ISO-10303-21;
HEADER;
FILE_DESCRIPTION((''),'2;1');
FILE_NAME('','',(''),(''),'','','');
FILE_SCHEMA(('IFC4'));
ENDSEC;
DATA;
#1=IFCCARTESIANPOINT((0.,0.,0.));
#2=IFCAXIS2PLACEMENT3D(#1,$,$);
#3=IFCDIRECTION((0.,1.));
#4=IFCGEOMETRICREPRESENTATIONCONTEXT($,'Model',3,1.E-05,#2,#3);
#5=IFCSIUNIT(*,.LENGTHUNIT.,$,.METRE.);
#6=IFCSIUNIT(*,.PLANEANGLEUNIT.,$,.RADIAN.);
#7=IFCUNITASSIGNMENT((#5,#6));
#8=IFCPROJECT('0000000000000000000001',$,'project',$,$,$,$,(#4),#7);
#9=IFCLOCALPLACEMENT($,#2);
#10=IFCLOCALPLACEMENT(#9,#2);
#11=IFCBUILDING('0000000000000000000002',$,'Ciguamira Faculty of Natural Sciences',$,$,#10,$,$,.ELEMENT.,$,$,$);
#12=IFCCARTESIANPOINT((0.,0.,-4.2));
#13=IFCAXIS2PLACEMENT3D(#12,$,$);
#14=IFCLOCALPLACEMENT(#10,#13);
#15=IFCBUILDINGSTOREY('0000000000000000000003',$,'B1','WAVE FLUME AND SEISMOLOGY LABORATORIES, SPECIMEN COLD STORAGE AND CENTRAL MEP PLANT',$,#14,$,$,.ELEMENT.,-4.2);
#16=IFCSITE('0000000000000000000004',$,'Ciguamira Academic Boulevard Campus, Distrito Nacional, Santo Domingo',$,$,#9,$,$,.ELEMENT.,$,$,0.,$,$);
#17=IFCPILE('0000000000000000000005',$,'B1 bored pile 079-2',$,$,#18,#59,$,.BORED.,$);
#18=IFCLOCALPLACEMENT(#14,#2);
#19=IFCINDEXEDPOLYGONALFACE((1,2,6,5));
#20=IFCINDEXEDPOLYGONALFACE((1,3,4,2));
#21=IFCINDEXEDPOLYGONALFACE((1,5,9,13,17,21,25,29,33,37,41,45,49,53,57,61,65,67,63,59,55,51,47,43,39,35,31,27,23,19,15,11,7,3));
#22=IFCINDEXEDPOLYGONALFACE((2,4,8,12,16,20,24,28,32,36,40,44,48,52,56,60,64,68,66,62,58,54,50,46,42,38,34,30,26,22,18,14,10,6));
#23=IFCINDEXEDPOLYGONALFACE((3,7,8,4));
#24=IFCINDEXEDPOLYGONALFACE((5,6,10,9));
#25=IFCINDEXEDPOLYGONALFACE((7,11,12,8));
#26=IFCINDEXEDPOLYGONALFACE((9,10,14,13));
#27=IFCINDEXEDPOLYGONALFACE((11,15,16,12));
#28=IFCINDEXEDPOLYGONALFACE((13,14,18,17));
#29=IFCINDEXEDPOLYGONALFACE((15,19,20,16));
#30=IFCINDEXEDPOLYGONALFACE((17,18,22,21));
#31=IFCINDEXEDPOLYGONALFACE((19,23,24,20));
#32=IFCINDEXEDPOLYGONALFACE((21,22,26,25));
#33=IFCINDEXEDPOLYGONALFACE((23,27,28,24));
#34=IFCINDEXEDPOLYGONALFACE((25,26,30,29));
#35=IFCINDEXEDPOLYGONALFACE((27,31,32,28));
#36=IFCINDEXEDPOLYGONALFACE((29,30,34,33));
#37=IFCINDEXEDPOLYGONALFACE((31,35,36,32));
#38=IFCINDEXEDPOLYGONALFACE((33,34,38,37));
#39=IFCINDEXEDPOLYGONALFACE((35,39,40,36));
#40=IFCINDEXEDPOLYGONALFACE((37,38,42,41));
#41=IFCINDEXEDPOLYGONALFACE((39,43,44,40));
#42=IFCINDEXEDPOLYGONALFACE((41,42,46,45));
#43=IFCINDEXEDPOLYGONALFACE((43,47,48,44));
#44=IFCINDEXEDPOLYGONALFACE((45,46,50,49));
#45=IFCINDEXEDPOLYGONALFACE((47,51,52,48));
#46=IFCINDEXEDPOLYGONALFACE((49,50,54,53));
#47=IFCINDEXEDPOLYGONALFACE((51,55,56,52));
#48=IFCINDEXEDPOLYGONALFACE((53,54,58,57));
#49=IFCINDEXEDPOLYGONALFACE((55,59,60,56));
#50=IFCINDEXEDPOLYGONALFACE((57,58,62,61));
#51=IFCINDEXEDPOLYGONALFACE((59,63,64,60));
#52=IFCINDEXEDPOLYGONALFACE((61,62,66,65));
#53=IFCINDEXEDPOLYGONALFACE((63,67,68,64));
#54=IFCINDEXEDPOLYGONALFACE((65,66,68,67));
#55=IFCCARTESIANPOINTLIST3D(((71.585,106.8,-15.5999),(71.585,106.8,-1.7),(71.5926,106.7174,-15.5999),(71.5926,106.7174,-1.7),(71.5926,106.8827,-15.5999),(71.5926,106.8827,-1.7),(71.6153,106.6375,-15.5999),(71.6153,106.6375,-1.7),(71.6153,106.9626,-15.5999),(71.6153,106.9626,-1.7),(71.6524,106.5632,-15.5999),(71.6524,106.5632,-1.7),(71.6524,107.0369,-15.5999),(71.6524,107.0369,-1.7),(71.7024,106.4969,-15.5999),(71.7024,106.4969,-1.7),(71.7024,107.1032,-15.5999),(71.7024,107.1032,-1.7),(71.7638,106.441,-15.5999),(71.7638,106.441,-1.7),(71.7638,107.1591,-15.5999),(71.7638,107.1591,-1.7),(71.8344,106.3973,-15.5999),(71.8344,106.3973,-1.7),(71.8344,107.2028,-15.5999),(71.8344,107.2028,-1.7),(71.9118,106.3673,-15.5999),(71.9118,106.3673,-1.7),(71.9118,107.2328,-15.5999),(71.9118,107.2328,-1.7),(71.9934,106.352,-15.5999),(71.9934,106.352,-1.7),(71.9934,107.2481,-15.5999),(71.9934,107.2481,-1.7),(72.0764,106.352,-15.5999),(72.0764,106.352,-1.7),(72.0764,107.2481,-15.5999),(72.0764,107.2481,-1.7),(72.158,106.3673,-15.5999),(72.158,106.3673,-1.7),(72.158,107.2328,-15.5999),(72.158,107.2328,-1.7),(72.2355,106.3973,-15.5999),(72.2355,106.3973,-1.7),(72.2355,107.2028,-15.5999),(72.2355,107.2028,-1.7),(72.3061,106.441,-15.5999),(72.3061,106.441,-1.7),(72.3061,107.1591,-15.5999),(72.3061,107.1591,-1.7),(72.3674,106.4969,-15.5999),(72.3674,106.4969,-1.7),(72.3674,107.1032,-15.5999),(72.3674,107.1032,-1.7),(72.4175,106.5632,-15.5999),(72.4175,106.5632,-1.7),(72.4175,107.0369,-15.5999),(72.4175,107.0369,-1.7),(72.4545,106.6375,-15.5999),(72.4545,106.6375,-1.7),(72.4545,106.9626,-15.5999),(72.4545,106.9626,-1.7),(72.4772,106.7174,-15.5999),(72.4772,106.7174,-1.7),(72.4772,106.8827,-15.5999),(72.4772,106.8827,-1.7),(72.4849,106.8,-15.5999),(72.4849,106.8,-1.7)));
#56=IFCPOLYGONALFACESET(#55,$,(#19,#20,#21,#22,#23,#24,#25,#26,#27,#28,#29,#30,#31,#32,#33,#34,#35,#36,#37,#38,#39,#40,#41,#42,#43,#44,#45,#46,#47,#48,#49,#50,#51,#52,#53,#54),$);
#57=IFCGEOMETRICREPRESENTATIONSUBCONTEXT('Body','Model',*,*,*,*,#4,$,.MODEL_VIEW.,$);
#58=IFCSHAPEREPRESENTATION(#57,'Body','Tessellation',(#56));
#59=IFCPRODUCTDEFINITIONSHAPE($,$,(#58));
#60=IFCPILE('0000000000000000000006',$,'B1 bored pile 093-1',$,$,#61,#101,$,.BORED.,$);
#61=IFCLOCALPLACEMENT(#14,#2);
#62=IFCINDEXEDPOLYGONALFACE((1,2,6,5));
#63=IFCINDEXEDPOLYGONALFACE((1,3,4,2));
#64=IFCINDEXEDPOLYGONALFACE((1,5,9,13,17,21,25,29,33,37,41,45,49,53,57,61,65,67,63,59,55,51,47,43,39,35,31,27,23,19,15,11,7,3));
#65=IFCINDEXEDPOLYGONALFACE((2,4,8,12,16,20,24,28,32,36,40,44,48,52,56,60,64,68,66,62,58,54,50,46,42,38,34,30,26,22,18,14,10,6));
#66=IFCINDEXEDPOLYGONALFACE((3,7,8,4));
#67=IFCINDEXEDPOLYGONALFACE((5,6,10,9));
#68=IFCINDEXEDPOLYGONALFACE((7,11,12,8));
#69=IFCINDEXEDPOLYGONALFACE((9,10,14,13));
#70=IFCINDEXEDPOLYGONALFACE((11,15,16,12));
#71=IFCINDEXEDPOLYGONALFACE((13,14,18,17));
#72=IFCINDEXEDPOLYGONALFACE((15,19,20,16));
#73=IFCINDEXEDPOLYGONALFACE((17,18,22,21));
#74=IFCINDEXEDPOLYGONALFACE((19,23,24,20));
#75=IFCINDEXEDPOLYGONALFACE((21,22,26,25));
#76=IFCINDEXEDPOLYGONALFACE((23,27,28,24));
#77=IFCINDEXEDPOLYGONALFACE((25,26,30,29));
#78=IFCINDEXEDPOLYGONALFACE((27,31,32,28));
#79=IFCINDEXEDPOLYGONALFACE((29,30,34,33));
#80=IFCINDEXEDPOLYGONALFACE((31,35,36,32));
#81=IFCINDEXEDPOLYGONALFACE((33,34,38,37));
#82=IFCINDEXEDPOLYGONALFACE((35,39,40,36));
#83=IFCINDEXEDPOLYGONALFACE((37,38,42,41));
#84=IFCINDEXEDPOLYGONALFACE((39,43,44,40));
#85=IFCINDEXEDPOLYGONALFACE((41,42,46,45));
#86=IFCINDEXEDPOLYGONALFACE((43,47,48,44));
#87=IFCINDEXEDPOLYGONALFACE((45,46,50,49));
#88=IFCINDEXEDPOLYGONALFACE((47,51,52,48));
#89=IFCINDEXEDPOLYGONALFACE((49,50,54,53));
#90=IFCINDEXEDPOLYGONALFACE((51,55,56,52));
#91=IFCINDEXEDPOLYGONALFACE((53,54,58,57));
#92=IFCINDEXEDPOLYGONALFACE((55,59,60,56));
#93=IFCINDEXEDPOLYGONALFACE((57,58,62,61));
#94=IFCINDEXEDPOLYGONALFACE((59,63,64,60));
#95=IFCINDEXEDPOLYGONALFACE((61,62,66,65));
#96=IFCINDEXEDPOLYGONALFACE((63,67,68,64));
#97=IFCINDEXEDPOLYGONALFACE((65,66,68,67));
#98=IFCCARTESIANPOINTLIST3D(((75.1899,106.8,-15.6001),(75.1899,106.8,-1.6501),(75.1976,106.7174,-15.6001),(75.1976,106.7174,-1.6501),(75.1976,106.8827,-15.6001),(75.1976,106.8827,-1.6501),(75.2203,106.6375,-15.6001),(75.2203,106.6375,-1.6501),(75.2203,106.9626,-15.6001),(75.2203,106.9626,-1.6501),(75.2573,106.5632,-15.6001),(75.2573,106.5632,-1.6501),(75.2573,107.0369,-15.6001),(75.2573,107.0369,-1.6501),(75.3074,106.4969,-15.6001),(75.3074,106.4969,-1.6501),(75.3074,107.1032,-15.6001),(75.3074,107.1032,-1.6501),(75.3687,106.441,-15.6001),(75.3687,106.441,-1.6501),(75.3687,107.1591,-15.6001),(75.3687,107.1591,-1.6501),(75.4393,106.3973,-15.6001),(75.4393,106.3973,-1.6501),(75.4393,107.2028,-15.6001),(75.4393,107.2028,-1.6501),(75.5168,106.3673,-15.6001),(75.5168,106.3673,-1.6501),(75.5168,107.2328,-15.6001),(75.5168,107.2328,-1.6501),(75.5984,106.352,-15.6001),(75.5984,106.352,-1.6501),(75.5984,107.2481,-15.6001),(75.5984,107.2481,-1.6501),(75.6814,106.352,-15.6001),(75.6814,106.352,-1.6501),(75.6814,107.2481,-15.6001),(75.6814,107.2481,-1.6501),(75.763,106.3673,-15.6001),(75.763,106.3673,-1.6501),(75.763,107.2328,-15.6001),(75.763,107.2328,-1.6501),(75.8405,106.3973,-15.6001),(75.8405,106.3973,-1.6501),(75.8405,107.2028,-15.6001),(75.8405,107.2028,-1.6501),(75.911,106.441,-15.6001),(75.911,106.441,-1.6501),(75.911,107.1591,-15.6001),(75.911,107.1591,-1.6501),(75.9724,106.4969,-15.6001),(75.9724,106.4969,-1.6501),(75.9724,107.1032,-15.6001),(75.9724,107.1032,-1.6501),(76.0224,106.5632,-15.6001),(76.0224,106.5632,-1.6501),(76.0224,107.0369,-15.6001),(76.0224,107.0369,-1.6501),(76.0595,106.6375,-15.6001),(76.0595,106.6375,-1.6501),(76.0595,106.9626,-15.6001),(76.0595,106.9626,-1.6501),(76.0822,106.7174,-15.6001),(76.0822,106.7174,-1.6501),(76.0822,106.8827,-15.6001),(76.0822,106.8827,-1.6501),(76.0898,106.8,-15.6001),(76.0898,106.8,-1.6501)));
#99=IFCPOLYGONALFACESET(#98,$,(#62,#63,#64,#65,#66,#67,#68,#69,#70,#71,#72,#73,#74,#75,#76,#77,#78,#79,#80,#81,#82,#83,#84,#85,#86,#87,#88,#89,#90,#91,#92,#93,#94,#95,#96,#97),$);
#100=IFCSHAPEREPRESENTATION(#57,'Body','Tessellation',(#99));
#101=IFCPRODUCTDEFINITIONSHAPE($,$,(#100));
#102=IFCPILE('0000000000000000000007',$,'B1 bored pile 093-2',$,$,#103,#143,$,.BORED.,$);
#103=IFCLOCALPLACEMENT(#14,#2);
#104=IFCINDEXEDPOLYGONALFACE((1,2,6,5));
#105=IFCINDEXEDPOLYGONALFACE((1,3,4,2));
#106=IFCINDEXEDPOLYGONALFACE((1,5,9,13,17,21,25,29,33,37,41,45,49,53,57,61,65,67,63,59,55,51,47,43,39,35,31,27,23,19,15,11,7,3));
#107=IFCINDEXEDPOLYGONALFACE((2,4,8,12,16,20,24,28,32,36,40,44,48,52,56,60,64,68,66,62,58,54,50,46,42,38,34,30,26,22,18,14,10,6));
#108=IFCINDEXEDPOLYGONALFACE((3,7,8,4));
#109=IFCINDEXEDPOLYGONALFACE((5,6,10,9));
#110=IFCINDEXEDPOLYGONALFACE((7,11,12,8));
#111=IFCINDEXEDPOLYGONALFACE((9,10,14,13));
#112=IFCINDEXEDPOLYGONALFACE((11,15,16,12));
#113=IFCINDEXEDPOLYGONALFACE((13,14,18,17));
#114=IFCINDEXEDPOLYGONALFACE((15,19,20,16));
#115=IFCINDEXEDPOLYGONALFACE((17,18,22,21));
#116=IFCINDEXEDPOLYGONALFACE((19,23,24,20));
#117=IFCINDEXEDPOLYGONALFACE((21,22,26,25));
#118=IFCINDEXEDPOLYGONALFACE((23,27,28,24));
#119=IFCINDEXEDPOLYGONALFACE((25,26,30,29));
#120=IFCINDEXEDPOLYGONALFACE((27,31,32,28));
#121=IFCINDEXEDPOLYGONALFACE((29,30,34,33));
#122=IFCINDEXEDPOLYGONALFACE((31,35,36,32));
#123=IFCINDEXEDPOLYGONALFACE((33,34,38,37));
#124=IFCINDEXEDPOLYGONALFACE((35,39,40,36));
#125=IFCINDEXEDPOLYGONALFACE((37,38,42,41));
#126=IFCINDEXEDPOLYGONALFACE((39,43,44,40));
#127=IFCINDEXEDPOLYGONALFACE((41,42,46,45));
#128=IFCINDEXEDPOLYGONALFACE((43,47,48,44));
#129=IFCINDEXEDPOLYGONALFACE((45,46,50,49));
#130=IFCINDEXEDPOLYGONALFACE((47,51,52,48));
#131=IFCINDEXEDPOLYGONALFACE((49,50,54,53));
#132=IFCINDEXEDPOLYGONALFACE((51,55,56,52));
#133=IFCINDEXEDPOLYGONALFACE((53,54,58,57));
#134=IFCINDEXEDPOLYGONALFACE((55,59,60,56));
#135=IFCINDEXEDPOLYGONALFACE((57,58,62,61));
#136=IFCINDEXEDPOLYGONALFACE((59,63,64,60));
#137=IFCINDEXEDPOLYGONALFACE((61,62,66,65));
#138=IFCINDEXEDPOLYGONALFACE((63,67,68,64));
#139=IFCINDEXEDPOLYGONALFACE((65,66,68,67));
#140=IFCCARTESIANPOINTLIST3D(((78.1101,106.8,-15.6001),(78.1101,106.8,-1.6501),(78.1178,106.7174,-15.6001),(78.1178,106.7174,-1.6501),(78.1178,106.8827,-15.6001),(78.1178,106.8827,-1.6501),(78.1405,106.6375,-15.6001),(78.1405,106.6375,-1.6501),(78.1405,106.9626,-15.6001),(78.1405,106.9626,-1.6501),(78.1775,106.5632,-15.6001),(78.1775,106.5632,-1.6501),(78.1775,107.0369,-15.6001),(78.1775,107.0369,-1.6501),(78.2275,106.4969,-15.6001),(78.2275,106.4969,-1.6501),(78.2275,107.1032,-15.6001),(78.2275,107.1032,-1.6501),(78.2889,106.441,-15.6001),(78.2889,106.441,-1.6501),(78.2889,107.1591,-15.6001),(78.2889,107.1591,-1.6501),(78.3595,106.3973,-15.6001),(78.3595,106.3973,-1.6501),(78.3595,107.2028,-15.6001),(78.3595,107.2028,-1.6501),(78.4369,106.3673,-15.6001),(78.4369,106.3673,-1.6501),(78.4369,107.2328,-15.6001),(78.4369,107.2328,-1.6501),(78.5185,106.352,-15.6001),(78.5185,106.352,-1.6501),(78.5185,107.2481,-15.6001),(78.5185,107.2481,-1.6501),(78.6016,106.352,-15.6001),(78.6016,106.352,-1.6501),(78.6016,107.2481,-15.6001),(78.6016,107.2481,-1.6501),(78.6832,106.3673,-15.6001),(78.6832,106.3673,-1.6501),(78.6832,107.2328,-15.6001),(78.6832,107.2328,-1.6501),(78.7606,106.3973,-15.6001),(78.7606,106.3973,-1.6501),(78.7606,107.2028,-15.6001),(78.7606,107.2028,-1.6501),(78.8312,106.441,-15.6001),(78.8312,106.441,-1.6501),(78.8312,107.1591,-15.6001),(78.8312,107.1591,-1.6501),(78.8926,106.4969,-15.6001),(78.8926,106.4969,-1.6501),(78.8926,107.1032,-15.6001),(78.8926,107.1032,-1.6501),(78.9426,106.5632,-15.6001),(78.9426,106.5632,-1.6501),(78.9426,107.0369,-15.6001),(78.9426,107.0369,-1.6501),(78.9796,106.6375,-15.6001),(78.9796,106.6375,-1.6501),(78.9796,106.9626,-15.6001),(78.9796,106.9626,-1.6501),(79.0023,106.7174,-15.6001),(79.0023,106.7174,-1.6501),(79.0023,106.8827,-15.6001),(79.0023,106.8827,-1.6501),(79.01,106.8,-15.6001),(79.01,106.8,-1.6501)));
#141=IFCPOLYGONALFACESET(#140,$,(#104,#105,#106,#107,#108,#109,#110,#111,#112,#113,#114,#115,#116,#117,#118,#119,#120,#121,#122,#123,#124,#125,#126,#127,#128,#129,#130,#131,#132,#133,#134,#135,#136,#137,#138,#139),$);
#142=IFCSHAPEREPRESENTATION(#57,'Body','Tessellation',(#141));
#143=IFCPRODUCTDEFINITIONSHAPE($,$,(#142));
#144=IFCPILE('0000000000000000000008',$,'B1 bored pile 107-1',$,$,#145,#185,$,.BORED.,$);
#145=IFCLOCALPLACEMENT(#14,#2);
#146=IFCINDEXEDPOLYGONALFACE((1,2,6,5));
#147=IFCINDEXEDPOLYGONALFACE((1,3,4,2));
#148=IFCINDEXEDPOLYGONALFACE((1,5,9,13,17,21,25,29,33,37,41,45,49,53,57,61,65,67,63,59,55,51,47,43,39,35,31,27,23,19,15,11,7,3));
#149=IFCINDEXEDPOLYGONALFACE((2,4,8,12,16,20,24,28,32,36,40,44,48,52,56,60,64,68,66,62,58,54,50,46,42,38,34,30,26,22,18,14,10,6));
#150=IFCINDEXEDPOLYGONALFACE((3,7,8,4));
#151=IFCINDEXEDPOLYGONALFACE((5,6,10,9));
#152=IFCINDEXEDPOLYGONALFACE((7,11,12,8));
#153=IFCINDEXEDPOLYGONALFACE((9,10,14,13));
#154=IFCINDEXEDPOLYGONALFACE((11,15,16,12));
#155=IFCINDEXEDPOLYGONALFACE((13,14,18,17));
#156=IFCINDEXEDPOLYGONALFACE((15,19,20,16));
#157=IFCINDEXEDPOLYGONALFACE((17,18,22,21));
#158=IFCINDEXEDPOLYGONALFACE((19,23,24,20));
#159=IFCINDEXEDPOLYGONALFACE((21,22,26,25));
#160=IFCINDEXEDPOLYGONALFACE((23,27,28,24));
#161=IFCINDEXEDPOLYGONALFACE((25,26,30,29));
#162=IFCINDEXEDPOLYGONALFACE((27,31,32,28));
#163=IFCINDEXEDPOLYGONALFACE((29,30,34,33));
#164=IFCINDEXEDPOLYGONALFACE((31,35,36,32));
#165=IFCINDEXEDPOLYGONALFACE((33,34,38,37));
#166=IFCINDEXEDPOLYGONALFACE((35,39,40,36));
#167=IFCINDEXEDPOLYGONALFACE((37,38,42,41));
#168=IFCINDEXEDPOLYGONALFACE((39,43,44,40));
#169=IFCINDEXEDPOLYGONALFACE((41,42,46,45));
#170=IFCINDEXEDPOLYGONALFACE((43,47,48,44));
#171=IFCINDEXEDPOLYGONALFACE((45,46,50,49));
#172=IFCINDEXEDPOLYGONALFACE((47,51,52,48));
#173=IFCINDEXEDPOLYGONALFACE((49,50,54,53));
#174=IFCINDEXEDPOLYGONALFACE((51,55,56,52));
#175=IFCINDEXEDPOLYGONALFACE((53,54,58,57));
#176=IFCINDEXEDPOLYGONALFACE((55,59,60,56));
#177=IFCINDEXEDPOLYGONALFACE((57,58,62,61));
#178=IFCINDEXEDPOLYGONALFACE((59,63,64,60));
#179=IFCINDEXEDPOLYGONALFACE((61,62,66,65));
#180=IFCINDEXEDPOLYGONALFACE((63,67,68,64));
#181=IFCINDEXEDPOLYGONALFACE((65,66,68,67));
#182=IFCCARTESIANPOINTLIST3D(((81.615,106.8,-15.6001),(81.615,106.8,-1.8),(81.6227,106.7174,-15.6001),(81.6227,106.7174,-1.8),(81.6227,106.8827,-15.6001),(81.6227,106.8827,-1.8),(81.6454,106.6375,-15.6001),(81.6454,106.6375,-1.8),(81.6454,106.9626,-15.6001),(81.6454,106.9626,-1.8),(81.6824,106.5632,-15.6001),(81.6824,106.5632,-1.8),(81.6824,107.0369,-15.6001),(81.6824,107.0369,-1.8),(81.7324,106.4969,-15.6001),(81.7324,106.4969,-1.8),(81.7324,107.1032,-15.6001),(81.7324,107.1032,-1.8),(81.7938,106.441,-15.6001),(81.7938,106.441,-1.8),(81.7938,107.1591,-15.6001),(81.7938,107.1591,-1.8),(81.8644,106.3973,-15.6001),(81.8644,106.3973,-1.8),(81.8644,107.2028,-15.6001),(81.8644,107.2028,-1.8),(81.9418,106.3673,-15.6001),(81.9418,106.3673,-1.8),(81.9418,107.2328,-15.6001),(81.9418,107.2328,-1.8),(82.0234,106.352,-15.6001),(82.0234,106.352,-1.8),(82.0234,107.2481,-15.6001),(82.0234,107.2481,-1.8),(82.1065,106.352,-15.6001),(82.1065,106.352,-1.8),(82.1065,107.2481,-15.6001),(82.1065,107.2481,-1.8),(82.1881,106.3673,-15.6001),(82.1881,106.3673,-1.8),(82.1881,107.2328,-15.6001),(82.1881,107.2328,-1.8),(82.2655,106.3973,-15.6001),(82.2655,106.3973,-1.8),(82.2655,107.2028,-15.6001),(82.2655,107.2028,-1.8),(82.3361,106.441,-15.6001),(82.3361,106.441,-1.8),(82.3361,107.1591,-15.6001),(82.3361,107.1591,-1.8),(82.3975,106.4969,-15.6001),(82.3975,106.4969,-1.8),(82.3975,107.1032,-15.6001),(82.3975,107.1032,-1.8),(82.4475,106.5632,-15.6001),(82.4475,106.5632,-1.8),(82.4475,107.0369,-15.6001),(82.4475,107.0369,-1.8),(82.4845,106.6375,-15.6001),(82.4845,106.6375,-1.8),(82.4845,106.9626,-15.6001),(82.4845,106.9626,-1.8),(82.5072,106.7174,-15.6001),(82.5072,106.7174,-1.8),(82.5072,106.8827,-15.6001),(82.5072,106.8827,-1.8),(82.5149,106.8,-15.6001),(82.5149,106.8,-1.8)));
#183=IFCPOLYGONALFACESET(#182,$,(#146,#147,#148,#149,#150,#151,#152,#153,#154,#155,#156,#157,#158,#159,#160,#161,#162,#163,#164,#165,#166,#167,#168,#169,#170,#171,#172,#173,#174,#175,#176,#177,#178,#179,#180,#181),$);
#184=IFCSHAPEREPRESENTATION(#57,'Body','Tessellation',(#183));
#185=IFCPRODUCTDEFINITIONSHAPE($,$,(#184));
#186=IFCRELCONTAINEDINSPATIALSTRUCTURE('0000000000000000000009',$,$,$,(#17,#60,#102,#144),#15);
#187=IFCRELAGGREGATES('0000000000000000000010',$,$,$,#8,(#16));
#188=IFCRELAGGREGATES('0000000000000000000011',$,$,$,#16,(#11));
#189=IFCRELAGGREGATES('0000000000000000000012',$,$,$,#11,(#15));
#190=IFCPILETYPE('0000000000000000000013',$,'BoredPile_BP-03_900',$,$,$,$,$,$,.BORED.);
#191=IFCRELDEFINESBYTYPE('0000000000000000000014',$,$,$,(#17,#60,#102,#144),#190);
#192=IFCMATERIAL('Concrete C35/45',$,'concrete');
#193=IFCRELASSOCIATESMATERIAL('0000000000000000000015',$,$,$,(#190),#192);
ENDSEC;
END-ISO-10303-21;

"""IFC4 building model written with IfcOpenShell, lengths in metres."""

from ifc_helpers import new_model, si_unit, direction, frame, origin, origin_2d, place, context, subcontext, project, spatial, circle, extrude, material, material_profile, profile_set, type_object, element, save


model = new_model("IFC4")

# Units and contexts
model_context = context("Model", 3, precision=1e-05, world=origin(), true_north=direction((0.0, 1.0)))
body_context = subcontext(model_context, "Body", "Model", "MODEL_VIEW")
ifc_project = project(units=[si_unit("LENGTHUNIT", "METRE"), si_unit("PLANEANGLEUNIT", "RADIAN")], contexts=[model_context])

# Site, building, storey
site_placement = place(None, origin())
site = spatial("IfcSite", under=ifc_project, at=site_placement, Name="Ciguamira Academic Boulevard Campus, Distrito Nacional, Santo Domingo", CompositionType="ELEMENT", RefElevation=0.0)
building_placement = place(site_placement, origin())
building = spatial("IfcBuilding", under=site, at=building_placement, Name="Ciguamira Faculty of Natural Sciences", CompositionType="ELEMENT")
storey_placement = place(building_placement, frame((0.0, 0.0, -4.2)))
storey = spatial("IfcBuildingStorey", under=building, at=storey_placement, Name="B1", Description="WAVE FLUME AND SEISMOLOGY LABORATORIES, SPECIMEN COLD STORAGE AND CENTRAL MEP PLANT", CompositionType="ELEMENT", Elevation=-4.2)

# Piles
ifc_material_1 = material(Name="Concrete C35/45", Category="concrete")
ifc_material_profile_1 = material_profile(ifc_material_1, circle(Radius=0.45, at=origin_2d()), Name="PILE-BORED-900")
ifc_profile_set_1 = profile_set([ifc_material_profile_1], Name="Concrete C35/45")
pile_type_1 = type_object("IfcPileType", Name="BoredPile_BP-03_900", PredefinedType="BORED", material=ifc_profile_set_1)
pile_1_placement = place(storey_placement, frame((72.0349, 106.8, -1.7), z_axis=(0.0, 0.0, -1.0), x_axis=(1.0, 0.0, 0.0)))
element("IfcPile", 1, at=pile_1_placement, inside=storey, type_object=pile_type_1, Name="B1 bored pile 079-2", PredefinedType="BORED", context=body_context, shape_type="SweptSolid", body=[
    extrude(circle(Radius=0.45, at=origin_2d()), origin(), (0.0, 0.0, 1.0), 13.8999),
])
for number, where, z_axis, x_axis, name in (
    (2, (75.6399, 106.8, -1.6501), (0.0, 0.0, -1.0), (1.0, 0.0, 0.0), "B1 bored pile 093-1"),
    (3, (78.5601, 106.8, -1.6501), (0.0, 0.0, -1.0), (1.0, 0.0, 0.0), "B1 bored pile 093-2"),
):
    element("IfcPile", number, at=place(storey_placement, frame(where, z_axis=z_axis, x_axis=x_axis)), inside=storey, type_object=pile_type_1, Name=name, PredefinedType="BORED", context=body_context, shape_type="SweptSolid", body=[
        extrude(circle(Radius=0.45, at=origin_2d()), origin(), (0.0, 0.0, 1.0), 13.95),
    ])
pile_2_placement = place(storey_placement, frame((82.0649, 106.8, -1.8), z_axis=(0.0, 0.0, -1.0), x_axis=(1.0, 0.0, 0.0)))
element("IfcPile", 4, at=pile_2_placement, inside=storey, type_object=pile_type_1, Name="B1 bored pile 107-1", PredefinedType="BORED", context=body_context, shape_type="SweptSolid", body=[
    extrude(circle(Radius=0.45, at=origin_2d()), origin(), (0.0, 0.0, 1.0), 13.8),
])

save(model, "model.ifc")
